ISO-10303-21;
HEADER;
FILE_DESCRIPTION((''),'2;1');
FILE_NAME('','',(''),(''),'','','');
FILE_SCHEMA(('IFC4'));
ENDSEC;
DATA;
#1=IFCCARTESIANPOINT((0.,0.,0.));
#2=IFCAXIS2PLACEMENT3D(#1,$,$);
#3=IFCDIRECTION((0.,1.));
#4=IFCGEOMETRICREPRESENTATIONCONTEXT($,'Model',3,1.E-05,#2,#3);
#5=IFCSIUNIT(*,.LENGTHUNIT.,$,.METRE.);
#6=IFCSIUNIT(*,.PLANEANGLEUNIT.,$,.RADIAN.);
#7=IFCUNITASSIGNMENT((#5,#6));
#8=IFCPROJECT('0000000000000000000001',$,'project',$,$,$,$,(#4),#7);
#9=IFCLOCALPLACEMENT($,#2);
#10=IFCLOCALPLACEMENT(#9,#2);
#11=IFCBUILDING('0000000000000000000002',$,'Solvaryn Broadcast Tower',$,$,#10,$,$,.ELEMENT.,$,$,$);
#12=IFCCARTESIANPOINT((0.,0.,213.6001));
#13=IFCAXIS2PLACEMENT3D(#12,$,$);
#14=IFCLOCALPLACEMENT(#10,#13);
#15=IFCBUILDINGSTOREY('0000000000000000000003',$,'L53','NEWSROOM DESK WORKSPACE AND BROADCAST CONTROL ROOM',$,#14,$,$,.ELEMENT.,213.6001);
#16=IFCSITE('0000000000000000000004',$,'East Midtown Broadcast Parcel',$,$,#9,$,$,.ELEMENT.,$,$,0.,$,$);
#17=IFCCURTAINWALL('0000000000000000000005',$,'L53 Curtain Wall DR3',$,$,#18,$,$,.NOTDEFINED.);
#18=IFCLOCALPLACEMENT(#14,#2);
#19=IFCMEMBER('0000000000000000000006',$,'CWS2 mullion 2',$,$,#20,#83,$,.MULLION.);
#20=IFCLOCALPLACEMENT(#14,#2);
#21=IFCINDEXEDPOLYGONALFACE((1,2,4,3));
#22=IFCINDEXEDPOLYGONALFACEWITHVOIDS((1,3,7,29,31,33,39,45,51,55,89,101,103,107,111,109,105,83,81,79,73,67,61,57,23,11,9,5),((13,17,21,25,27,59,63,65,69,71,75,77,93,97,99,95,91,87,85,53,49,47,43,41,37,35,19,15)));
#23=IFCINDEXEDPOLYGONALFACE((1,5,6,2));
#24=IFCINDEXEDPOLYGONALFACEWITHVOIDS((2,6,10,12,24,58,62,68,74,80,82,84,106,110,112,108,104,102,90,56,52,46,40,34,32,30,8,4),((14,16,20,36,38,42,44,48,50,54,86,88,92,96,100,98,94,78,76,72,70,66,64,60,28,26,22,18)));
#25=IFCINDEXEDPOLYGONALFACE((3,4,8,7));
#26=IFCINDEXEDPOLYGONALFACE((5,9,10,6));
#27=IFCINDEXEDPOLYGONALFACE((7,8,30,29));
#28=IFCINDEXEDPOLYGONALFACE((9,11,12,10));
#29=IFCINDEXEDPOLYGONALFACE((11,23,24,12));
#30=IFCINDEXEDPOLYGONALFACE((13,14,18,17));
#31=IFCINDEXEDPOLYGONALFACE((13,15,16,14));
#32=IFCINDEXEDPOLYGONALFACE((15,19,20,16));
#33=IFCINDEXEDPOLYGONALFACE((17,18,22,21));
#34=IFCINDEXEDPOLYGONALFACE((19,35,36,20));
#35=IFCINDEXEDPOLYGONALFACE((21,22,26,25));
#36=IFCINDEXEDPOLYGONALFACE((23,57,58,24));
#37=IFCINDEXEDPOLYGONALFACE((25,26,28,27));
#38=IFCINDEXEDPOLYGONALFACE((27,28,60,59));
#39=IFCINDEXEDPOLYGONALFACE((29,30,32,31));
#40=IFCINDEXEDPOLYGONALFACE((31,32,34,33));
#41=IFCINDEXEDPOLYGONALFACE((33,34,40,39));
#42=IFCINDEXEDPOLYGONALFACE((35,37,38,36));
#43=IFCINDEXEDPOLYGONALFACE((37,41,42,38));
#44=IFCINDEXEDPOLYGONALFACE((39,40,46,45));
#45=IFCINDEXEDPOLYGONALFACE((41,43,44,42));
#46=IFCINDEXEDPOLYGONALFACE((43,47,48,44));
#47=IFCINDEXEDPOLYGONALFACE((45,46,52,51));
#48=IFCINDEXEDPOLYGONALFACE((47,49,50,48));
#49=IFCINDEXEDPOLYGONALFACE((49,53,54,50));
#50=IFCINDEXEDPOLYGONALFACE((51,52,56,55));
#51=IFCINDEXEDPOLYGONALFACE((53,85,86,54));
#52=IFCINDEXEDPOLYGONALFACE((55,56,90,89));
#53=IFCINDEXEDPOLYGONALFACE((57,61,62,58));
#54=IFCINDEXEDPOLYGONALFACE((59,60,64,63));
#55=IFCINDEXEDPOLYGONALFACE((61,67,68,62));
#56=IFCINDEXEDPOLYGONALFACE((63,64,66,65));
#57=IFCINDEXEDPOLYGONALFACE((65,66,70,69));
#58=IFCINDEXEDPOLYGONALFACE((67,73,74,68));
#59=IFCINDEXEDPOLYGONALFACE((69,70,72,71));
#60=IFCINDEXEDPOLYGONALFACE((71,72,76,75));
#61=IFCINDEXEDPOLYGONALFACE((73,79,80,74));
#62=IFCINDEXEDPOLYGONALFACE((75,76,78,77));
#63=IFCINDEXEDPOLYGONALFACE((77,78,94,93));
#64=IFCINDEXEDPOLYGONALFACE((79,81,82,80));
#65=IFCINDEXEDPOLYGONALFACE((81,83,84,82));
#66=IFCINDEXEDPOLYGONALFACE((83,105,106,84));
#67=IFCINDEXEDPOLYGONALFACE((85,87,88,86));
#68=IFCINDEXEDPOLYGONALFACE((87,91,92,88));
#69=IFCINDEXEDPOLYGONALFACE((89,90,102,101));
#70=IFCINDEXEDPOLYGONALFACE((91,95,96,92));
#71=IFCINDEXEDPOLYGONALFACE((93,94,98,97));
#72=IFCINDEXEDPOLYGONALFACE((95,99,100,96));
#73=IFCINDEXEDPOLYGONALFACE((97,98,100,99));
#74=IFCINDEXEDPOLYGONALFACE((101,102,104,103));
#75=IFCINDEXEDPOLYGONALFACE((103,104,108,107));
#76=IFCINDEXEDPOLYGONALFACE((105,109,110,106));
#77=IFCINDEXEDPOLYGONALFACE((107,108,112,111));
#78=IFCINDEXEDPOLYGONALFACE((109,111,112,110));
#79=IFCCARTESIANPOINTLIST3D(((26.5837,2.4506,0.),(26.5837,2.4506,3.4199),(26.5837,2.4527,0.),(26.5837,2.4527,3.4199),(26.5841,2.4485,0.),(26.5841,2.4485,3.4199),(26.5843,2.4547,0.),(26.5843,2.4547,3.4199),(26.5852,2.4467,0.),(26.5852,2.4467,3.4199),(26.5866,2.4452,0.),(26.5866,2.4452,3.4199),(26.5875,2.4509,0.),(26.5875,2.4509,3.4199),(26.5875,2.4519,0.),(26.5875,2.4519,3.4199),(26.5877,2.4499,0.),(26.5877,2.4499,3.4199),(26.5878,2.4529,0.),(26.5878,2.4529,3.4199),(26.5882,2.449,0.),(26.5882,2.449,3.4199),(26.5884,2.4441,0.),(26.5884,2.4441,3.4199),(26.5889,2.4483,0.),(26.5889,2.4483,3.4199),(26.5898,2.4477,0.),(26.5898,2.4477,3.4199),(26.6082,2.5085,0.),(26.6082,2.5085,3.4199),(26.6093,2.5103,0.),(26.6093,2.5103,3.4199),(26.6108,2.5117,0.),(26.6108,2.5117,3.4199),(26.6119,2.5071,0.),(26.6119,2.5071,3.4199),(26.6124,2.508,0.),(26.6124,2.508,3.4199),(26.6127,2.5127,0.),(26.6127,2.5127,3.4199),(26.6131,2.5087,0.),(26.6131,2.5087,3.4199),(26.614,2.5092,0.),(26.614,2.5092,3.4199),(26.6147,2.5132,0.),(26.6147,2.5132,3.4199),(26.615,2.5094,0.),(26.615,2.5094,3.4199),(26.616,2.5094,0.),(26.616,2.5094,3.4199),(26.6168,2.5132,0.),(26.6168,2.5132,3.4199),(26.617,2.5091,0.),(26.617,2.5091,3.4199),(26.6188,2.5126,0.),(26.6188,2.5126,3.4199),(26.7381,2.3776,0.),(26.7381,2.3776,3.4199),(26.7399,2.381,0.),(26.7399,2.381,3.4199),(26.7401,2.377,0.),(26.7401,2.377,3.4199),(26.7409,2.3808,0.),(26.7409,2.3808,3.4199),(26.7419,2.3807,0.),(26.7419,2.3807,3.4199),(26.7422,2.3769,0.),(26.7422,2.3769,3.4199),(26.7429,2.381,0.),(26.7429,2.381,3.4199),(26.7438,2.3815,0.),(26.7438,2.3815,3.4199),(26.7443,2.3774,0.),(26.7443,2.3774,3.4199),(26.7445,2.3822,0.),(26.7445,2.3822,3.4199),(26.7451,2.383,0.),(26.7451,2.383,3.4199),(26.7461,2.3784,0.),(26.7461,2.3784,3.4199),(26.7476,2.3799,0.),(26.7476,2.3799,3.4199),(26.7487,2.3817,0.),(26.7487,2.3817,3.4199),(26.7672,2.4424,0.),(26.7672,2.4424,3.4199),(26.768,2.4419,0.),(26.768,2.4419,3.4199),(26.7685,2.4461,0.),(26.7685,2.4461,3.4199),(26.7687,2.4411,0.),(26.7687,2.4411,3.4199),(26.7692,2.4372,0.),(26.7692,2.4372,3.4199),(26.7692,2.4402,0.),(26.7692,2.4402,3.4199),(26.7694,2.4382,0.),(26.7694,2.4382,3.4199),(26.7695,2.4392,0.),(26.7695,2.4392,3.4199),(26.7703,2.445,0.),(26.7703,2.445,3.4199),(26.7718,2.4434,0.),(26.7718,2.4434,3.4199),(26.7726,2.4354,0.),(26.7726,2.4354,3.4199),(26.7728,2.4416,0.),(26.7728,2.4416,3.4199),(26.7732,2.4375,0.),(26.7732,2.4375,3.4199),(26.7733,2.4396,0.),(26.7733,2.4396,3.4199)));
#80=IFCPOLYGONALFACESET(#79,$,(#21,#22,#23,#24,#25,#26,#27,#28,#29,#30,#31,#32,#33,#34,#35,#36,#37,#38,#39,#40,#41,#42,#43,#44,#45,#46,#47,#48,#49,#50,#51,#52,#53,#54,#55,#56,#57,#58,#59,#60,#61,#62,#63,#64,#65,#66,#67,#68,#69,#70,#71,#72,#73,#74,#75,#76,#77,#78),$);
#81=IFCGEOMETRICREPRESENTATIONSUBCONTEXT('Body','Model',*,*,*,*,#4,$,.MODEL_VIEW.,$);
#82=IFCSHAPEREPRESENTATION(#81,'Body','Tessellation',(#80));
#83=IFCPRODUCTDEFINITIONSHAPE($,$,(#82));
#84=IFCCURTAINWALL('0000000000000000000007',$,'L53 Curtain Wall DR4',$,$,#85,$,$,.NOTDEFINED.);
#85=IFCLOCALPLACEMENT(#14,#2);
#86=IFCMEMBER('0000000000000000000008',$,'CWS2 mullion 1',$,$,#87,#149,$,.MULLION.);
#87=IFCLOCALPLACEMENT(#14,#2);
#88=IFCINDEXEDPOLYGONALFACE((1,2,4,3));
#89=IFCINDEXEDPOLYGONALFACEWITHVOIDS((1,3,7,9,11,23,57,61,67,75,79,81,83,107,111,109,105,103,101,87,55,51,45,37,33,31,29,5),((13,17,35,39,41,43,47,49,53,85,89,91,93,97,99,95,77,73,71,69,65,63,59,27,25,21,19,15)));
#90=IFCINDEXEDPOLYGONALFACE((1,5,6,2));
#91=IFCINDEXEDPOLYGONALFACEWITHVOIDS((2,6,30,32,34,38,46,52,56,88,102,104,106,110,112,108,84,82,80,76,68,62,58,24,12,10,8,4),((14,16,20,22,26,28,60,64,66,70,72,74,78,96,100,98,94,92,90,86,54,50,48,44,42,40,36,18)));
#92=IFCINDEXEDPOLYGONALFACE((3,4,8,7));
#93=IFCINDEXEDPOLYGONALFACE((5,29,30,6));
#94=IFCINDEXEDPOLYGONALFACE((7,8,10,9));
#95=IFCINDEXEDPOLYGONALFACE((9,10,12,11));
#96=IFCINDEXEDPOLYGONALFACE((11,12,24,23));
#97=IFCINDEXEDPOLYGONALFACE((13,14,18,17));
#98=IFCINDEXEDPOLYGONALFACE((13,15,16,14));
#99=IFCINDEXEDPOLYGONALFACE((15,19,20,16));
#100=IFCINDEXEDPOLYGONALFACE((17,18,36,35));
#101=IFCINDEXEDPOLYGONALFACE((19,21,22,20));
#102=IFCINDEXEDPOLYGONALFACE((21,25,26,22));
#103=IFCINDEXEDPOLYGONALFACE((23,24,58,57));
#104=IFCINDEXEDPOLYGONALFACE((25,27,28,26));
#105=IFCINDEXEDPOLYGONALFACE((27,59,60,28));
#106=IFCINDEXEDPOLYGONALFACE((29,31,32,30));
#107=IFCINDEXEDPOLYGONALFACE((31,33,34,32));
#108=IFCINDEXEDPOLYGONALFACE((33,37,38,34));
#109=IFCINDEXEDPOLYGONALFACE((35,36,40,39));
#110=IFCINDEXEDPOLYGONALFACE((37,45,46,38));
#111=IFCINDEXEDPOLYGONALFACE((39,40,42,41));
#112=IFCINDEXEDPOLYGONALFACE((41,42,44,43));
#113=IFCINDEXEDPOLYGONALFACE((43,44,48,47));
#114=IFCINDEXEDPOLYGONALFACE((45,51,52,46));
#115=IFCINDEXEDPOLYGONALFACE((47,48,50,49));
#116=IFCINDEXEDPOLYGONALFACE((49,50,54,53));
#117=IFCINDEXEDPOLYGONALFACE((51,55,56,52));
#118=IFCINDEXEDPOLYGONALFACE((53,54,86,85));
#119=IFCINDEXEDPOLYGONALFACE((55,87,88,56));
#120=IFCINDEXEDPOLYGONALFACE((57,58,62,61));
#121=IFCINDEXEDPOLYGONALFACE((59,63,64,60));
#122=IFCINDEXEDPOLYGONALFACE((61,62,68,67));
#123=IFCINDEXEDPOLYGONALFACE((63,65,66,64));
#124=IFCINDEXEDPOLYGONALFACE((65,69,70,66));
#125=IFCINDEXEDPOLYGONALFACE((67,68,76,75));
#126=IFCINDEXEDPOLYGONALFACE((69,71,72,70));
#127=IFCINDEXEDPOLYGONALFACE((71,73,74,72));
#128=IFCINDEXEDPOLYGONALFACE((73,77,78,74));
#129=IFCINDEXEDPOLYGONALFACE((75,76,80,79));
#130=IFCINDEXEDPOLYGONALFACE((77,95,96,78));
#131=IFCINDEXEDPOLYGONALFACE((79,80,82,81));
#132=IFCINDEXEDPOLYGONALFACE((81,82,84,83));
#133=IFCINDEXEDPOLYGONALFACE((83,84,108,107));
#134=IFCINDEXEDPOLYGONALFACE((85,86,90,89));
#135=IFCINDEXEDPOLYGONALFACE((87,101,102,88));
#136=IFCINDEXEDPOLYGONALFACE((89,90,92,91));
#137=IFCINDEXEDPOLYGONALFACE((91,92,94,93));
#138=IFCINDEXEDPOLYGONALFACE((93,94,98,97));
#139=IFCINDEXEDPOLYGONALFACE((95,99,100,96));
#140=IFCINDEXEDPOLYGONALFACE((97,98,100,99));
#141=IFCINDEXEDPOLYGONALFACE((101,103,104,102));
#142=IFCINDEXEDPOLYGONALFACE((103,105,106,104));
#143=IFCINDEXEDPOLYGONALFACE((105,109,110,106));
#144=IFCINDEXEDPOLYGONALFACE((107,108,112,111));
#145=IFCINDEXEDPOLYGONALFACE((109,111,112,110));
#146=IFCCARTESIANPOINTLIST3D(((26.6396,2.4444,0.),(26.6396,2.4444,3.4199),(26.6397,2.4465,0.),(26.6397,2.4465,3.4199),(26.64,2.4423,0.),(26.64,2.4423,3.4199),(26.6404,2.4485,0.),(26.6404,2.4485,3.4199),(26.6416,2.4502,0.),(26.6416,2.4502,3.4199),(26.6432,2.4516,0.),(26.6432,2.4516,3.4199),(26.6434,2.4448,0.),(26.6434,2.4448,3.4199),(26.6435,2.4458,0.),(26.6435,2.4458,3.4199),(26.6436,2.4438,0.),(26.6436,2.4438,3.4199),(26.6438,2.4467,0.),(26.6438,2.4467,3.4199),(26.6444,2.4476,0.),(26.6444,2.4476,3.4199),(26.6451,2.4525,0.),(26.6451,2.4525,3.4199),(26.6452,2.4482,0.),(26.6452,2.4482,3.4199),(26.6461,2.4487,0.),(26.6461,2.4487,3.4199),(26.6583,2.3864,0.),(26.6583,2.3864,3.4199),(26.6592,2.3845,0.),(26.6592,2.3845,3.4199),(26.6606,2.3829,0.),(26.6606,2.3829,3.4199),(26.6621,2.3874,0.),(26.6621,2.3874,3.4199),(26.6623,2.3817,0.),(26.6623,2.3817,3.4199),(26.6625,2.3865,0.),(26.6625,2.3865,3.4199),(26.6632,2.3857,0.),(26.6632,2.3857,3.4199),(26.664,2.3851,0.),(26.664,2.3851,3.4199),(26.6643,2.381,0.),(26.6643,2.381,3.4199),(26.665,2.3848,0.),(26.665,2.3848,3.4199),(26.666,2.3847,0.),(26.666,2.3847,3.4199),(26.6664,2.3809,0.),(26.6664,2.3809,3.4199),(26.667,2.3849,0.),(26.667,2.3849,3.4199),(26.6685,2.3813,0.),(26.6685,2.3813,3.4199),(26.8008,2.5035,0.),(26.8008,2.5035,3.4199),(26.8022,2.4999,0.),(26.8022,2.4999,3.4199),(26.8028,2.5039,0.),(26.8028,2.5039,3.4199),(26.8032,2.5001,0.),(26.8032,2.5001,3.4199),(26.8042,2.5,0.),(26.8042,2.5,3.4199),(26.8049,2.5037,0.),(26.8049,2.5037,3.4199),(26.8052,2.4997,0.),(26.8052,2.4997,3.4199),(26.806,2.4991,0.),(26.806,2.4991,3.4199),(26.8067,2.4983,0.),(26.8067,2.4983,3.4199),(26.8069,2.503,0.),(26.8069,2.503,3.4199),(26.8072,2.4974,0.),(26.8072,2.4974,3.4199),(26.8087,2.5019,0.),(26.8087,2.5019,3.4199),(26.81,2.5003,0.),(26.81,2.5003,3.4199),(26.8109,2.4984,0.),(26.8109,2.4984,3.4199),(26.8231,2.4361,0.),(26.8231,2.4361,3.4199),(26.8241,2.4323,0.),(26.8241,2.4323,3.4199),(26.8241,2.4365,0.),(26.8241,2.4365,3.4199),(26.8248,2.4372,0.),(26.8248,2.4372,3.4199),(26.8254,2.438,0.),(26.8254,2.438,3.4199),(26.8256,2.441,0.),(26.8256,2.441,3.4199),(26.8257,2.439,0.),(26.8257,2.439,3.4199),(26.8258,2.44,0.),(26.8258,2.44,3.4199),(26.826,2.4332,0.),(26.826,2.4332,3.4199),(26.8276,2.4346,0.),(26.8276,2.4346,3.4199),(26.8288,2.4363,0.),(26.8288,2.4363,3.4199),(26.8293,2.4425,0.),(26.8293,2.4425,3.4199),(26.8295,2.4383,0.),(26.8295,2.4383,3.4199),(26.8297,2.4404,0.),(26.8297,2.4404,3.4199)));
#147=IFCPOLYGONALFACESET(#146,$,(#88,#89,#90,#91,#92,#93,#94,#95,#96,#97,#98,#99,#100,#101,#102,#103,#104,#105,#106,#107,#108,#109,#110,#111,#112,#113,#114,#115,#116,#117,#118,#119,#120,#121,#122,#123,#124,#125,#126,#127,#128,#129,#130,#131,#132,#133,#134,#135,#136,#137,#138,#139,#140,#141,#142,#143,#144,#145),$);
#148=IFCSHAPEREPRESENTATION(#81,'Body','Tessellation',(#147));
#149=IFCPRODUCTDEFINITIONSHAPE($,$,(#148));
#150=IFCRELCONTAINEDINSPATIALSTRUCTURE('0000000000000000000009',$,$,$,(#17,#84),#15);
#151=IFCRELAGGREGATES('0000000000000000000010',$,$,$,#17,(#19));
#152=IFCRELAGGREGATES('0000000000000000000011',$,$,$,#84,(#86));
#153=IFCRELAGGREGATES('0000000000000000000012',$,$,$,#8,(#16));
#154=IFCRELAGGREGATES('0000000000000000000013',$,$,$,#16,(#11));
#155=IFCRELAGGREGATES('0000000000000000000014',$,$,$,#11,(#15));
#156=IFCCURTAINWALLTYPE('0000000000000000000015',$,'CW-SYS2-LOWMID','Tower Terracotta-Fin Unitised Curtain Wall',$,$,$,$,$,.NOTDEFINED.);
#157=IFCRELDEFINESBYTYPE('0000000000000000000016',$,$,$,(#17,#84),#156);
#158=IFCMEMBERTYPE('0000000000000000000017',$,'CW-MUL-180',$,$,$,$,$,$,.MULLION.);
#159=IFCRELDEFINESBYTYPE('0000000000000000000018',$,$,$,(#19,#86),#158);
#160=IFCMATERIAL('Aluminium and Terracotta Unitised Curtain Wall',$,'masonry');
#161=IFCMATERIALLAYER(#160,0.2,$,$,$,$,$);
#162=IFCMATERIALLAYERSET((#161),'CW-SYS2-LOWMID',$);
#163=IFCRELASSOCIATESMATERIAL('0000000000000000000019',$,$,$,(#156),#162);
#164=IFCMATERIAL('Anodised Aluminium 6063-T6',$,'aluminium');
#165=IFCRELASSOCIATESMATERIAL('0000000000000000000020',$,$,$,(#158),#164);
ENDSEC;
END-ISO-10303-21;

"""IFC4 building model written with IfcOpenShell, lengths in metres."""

from ifc_helpers import new_model, si_unit, direction, frame, origin, origin_2d, place, context, subcontext, project, spatial, hollow_rectangle, extrude, material, layer, layer_set, material_profile, profile_set, type_object, element, aggregate, save


model = new_model("IFC4")

# Units and contexts
model_context = context("Model", 3, precision=1e-05, world=origin(), true_north=direction((0.0, 1.0)))
body_context = subcontext(model_context, "Body", "Model", "MODEL_VIEW")
ifc_project = project(units=[si_unit("LENGTHUNIT", "METRE"), si_unit("PLANEANGLEUNIT", "RADIAN")], contexts=[model_context])

# Site, building, storey
site_placement = place(None, origin())
site = spatial("IfcSite", under=ifc_project, at=site_placement, Name="East Midtown Broadcast Parcel", CompositionType="ELEMENT", RefElevation=0.0)
building_placement = place(site_placement, origin())
building = spatial("IfcBuilding", under=site, at=building_placement, Name="Solvaryn Broadcast Tower", CompositionType="ELEMENT")
storey_placement = place(building_placement, frame((0.0, 0.0, 213.6001)))
storey = spatial("IfcBuildingStorey", under=building, at=storey_placement, Name="L53", Description="NEWSROOM DESK WORKSPACE AND BROADCAST CONTROL ROOM", CompositionType="ELEMENT", Elevation=213.6001)

# Curtain wall, member
ifc_material_1 = material(Name="Aluminium and Terracotta Unitised Curtain Wall", Category="masonry")
ifc_layer_1 = layer(ifc_material_1, 0.2)
ifc_layer_set_1 = layer_set([ifc_layer_1], Name="CW-SYS2-LOWMID")
curtain_wall_type = type_object("IfcCurtainWallType", Name="CW-SYS2-LOWMID", Description="Tower Terracotta-Fin Unitised Curtain Wall", PredefinedType="NOTDEFINED", material=ifc_layer_set_1)
curtain_wall_1_placement = place(storey_placement, origin())
curtain_wall_1 = element("IfcCurtainWall", 1, at=curtain_wall_1_placement, inside=storey, type_object=curtain_wall_type, Name="L53 Curtain Wall DR3", PredefinedType="NOTDEFINED")
ifc_material_2 = material(Name="Anodised Aluminium 6063-T6", Category="aluminium")
ifc_material_profile_1 = material_profile(ifc_material_2, hollow_rectangle(XDim=0.075, YDim=0.1799, WallThickness=0.0039, InnerFilletRadius=0.0039, OuterFilletRadius=0.0081, at=origin_2d()))
ifc_profile_set_1 = profile_set([ifc_material_profile_1], Name="Anodised Aluminium 6063-T6")
member_type_1 = type_object("IfcMemberType", Name="CW-MUL-180", PredefinedType="MULLION", material=ifc_profile_set_1)
member_1_placement = place(storey_placement, frame((26.6785, 2.4451, 0.0), z_axis=(0.0, 0.0, 1.0), x_axis=(0.405901, 0.913917, 0.0)))
member_1 = element("IfcMember", 2, at=member_1_placement, type_object=member_type_1, Name="CWS2 mullion 2", PredefinedType="MULLION", context=body_context, shape_type="SweptSolid", body=[
    extrude(hollow_rectangle(XDim=0.075, YDim=0.1799, WallThickness=0.0039, InnerFilletRadius=0.0039, OuterFilletRadius=0.0081, at=origin_2d()), origin(), (0.0, 0.0, 1.0), 3.4199),
])
aggregate(curtain_wall_1, [member_1])

# Curtain wall, member
curtain_wall_2_placement = place(storey_placement, origin())
curtain_wall_2 = element("IfcCurtainWall", 3, at=curtain_wall_2_placement, inside=storey, type_object=curtain_wall_type, Name="L53 Curtain Wall DR4", PredefinedType="NOTDEFINED")
member_2_placement = place(storey_placement, frame((26.7346, 2.4424, 0.0), z_axis=(0.0, 0.0, 1.0), x_axis=(-0.311559, 0.950227, 0.0)))
member_2 = element("IfcMember", 4, at=member_2_placement, type_object=member_type_1, Name="CWS2 mullion 1", PredefinedType="MULLION", context=body_context, shape_type="SweptSolid", body=[
    extrude(hollow_rectangle(XDim=0.075, YDim=0.1799, WallThickness=0.0039, InnerFilletRadius=0.0039, OuterFilletRadius=0.0081, at=origin_2d()), origin(), (0.0, 0.0, 1.0), 3.4199),
])
aggregate(curtain_wall_2, [member_2])

save(model, "model.ifc")
